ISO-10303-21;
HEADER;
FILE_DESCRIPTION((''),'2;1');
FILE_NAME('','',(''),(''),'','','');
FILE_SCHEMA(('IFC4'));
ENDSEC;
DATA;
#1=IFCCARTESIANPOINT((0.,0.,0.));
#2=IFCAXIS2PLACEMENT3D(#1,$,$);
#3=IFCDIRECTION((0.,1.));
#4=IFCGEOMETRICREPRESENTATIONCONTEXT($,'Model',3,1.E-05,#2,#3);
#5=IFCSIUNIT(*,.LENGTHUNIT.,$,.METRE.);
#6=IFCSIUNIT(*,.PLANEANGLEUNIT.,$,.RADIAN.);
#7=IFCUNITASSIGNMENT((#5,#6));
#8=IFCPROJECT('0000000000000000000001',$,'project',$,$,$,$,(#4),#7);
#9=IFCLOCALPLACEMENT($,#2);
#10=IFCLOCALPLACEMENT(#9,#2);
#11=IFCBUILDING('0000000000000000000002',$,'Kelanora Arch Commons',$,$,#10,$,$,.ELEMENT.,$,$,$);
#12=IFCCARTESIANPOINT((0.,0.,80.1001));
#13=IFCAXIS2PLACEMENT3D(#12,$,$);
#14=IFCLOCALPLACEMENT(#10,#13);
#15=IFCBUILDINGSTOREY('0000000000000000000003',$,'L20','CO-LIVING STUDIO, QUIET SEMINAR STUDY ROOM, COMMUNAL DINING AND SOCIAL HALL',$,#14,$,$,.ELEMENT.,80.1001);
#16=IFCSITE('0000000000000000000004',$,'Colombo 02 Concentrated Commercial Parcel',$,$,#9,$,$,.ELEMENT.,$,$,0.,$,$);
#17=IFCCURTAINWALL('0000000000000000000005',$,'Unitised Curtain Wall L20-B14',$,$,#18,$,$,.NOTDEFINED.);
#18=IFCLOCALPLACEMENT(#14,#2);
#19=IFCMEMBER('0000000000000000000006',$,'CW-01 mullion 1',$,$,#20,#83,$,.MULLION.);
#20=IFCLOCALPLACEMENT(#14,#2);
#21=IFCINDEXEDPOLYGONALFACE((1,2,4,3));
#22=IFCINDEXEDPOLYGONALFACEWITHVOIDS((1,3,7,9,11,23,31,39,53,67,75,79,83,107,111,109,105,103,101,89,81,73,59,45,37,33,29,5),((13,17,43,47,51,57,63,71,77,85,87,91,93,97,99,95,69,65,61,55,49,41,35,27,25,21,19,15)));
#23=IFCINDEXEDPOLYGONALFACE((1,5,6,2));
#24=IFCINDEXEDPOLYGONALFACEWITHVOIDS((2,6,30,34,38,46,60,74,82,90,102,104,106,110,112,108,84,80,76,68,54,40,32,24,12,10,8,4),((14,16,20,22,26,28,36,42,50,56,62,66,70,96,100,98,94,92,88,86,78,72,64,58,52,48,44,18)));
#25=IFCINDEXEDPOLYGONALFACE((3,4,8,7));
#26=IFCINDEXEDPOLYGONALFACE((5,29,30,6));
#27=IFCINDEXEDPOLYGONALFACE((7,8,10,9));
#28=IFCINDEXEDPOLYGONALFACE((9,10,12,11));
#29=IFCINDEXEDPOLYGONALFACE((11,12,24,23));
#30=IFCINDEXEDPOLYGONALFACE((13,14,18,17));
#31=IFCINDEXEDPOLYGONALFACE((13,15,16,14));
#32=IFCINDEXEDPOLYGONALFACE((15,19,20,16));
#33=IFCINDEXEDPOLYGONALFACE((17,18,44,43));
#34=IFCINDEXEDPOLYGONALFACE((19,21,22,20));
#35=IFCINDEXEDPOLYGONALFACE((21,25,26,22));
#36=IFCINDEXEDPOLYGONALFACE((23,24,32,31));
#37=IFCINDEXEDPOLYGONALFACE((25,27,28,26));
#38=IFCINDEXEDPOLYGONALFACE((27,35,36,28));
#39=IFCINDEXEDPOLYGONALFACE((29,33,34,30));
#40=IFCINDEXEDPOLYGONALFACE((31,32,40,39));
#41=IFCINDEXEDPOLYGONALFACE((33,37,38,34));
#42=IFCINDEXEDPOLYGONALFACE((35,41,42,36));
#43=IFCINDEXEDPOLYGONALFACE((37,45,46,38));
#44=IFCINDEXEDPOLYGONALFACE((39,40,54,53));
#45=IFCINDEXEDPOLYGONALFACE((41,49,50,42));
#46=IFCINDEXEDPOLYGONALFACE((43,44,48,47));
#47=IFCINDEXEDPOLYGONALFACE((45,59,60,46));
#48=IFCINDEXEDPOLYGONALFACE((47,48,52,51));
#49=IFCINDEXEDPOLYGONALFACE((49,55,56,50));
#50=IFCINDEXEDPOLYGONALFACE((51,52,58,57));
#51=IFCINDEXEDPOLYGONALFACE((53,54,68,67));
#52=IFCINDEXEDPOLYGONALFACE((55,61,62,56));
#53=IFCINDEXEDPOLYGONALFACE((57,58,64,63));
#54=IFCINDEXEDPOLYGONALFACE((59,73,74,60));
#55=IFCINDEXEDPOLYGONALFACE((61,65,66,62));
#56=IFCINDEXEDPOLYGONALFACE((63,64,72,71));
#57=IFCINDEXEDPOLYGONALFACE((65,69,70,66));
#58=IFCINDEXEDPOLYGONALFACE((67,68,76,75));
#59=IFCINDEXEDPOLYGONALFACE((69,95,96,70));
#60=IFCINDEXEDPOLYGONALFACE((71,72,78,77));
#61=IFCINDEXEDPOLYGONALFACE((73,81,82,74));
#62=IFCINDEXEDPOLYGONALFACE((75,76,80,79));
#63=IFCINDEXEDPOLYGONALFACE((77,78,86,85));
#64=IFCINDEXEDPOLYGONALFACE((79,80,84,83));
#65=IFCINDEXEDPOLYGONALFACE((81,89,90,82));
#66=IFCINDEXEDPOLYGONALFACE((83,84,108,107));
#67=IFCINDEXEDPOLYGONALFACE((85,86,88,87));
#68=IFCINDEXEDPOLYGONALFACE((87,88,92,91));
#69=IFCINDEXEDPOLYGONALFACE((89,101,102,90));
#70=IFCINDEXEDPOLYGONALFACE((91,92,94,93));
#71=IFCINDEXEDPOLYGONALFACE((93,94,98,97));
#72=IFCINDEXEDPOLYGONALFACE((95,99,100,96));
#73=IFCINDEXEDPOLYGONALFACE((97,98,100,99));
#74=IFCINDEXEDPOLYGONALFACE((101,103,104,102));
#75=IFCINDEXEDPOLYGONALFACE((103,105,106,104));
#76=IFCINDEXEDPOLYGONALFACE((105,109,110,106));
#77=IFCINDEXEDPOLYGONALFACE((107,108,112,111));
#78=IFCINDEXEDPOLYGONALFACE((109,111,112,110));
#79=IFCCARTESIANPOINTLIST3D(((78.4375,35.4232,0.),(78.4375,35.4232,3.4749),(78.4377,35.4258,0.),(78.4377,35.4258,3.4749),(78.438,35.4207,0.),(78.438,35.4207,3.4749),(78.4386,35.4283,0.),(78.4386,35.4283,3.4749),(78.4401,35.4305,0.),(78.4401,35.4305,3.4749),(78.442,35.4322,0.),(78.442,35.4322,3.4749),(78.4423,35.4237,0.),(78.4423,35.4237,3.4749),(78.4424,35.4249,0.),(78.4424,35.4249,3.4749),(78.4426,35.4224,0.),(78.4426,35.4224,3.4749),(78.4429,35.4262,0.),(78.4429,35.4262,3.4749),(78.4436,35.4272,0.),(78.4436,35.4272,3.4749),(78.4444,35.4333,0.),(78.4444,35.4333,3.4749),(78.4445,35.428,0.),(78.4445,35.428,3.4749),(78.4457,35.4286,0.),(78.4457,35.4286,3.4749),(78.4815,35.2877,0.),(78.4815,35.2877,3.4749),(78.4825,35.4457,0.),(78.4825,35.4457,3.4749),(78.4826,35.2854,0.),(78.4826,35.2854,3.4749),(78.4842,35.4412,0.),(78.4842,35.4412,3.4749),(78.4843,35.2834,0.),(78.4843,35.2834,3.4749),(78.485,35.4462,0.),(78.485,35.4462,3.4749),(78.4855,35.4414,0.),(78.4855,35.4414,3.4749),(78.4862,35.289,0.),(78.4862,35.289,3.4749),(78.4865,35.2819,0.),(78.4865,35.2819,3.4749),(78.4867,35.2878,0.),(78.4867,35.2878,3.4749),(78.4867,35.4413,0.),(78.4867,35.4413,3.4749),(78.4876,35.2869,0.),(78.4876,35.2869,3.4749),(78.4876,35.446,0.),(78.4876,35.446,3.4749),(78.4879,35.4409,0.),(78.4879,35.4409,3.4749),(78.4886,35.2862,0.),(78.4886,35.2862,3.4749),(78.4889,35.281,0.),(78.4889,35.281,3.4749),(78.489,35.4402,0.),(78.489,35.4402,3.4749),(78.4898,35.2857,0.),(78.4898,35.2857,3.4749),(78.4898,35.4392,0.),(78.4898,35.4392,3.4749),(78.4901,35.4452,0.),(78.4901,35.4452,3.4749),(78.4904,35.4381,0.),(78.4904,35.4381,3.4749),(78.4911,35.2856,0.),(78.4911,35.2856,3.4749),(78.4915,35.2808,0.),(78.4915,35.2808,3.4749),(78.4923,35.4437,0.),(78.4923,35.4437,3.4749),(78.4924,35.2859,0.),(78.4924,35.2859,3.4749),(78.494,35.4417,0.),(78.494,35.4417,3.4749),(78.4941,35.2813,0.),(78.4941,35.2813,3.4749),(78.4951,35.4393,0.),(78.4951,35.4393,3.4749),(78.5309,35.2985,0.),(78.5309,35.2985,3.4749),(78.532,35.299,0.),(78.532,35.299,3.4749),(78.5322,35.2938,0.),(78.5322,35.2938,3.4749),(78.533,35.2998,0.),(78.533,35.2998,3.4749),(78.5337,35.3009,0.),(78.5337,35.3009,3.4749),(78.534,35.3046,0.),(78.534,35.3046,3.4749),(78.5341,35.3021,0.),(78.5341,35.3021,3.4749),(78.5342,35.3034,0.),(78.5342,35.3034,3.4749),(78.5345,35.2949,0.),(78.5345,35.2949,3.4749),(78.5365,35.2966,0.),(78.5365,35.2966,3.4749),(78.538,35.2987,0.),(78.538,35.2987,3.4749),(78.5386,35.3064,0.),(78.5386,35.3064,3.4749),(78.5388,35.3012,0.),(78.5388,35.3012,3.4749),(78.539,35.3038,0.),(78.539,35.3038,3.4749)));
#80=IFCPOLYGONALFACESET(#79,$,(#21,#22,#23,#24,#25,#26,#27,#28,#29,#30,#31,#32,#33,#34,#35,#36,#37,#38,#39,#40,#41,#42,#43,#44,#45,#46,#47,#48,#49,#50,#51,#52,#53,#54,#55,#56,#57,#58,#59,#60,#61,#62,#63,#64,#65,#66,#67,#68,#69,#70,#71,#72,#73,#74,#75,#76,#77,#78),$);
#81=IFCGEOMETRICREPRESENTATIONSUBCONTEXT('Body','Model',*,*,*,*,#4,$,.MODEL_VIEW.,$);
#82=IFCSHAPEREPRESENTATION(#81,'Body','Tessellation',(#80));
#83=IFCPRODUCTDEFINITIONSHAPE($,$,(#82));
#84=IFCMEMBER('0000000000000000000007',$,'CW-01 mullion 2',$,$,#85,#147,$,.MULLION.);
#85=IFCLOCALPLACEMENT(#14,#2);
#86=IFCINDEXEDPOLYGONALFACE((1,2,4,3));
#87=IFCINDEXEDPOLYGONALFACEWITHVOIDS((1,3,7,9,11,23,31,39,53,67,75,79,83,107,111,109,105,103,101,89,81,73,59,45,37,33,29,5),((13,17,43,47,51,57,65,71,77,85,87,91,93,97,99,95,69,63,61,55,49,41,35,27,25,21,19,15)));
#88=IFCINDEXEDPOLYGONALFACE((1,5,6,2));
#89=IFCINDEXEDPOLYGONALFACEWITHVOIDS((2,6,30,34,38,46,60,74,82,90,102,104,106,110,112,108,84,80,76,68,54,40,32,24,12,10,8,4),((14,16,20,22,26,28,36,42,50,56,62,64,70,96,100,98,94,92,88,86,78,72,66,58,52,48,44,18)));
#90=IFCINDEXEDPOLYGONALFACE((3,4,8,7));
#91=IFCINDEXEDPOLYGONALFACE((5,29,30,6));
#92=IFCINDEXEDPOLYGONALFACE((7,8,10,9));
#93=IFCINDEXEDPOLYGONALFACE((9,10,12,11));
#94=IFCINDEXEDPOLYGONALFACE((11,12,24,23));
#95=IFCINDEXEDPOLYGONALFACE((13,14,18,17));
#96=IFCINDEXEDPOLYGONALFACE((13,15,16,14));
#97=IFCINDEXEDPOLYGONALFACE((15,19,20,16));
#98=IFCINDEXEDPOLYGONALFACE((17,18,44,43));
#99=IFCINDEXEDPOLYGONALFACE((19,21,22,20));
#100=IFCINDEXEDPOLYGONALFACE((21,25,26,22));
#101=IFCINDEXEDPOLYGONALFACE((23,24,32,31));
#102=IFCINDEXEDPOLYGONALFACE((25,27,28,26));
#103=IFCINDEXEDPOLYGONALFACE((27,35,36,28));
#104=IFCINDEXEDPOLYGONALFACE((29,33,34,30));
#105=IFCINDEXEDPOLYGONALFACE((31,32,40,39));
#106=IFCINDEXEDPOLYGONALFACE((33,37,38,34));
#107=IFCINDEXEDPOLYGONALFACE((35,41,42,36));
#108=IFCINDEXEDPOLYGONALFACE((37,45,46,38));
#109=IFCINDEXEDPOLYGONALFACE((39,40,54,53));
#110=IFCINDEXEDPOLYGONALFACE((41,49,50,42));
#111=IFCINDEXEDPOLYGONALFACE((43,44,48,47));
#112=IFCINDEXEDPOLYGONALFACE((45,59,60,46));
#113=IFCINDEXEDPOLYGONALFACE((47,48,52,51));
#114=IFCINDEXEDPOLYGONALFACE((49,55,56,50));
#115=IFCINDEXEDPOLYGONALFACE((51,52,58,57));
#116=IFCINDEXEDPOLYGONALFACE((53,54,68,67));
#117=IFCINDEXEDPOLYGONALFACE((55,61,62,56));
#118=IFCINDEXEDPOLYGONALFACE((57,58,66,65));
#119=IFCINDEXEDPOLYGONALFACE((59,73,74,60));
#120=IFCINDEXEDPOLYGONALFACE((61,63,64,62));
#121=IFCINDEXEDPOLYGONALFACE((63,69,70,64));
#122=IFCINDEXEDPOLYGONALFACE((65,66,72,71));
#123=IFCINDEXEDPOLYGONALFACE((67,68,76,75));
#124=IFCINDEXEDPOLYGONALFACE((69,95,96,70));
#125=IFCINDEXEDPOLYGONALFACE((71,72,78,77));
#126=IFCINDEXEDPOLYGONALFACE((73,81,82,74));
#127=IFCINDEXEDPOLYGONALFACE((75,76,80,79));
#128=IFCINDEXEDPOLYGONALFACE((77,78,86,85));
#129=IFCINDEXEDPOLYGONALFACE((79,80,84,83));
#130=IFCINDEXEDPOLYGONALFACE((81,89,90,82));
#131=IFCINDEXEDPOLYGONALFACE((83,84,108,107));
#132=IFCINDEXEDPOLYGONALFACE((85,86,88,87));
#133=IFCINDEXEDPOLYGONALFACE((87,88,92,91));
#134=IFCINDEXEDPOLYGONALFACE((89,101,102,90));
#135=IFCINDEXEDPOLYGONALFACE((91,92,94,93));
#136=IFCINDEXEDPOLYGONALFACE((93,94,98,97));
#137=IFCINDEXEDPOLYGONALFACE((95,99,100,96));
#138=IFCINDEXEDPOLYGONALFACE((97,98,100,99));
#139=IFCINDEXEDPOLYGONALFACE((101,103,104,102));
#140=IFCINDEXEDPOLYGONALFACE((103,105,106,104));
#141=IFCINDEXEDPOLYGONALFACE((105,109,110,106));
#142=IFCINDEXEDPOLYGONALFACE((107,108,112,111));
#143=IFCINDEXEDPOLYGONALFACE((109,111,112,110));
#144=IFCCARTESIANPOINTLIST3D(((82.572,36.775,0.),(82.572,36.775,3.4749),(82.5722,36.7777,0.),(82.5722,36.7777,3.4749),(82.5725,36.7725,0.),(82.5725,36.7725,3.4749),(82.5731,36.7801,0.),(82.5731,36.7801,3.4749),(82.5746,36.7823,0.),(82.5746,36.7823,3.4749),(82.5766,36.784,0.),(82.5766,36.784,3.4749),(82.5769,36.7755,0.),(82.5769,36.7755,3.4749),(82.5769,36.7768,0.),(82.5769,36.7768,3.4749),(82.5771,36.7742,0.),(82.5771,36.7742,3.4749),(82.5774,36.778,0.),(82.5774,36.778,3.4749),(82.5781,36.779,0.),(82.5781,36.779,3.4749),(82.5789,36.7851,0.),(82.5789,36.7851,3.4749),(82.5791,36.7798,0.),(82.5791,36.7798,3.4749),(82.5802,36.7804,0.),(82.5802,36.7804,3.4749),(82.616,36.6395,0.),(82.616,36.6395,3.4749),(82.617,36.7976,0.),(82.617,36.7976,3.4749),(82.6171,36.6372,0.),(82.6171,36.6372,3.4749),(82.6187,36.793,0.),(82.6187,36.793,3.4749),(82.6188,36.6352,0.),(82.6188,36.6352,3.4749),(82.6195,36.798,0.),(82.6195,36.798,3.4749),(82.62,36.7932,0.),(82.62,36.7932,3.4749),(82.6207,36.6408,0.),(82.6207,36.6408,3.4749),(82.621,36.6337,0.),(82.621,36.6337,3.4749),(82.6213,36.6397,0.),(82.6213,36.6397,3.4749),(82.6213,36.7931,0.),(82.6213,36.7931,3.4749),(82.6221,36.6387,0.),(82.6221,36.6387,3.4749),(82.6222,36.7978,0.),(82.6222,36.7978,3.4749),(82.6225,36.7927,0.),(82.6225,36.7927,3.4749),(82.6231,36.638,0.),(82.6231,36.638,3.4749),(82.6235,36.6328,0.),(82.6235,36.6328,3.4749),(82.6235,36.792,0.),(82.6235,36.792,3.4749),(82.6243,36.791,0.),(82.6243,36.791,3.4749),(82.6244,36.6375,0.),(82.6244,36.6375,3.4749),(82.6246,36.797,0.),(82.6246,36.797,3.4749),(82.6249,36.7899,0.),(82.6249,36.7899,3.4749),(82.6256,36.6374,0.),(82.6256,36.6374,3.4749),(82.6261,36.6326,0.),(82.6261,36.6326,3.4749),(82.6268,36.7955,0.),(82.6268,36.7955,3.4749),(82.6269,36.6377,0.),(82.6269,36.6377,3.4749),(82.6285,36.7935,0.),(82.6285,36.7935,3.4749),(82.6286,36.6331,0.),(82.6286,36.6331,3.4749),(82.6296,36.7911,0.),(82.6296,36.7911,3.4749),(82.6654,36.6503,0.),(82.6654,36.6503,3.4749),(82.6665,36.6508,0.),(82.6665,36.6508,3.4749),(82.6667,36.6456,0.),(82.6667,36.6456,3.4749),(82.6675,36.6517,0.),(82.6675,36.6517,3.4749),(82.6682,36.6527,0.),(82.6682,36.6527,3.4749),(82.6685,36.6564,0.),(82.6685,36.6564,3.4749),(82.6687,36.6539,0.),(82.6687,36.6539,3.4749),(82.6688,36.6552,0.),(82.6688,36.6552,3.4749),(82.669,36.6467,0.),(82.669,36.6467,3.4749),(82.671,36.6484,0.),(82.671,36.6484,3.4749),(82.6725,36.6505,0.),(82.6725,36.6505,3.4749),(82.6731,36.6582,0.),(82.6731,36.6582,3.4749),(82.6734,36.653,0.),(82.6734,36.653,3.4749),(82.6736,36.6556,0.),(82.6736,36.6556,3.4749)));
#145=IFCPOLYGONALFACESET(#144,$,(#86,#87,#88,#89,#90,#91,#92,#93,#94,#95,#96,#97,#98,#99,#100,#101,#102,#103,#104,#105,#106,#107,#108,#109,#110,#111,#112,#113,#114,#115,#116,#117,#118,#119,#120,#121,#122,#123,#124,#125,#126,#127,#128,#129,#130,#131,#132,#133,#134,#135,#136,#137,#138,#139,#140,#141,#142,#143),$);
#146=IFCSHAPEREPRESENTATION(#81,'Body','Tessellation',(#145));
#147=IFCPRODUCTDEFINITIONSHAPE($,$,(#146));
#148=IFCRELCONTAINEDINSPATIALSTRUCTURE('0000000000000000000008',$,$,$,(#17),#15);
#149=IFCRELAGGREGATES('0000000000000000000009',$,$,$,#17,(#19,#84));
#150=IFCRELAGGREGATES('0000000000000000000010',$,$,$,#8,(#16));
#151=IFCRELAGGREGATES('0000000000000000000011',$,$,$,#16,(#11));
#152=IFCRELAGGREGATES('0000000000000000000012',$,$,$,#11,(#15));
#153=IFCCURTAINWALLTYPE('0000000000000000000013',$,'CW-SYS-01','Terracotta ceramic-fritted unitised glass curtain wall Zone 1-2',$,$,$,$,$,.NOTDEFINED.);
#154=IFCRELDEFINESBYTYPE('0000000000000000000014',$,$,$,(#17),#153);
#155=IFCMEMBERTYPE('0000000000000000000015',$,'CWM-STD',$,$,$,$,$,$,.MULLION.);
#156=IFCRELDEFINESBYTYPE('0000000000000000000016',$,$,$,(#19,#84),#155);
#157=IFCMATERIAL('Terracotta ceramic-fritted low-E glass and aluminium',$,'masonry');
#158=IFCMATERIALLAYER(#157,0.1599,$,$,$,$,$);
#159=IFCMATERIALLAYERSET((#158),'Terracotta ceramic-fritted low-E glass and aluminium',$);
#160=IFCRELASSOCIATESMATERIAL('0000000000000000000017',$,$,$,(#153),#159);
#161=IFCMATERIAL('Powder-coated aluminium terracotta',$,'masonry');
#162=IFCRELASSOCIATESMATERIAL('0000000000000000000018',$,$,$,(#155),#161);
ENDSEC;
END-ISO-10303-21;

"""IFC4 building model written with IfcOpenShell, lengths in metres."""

from ifc_helpers import new_model, si_unit, direction, frame, origin, origin_2d, place, context, subcontext, project, spatial, hollow_rectangle, extrude, material, layer, layer_set, material_profile, profile_set, type_object, element, aggregate, save


model = new_model("IFC4")

# Units and contexts
model_context = context("Model", 3, precision=1e-05, world=origin(), true_north=direction((0.0, 1.0)))
body_context = subcontext(model_context, "Body", "Model", "MODEL_VIEW")
ifc_project = project(units=[si_unit("LENGTHUNIT", "METRE"), si_unit("PLANEANGLEUNIT", "RADIAN")], contexts=[model_context])

# Site, building, storey
site_placement = place(None, origin())
site = spatial("IfcSite", under=ifc_project, at=site_placement, Name="Colombo 02 Concentrated Commercial Parcel", CompositionType="ELEMENT", RefElevation=0.0)
building_placement = place(site_placement, origin())
building = spatial("IfcBuilding", under=site, at=building_placement, Name="Kelanora Arch Commons", CompositionType="ELEMENT")
storey_placement = place(building_placement, frame((0.0, 0.0, 80.1001)))
storey = spatial("IfcBuildingStorey", under=building, at=storey_placement, Name="L20", Description="CO-LIVING STUDIO, QUIET SEMINAR STUDY ROOM, COMMUNAL DINING AND SOCIAL HALL", CompositionType="ELEMENT", Elevation=80.1001)

# Curtain wall, members
ifc_material_1 = material(Name="Terracotta ceramic-fritted low-E glass and aluminium", Category="masonry")
ifc_layer_1 = layer(ifc_material_1, 0.1599)
ifc_layer_set_1 = layer_set([ifc_layer_1], Name="Terracotta ceramic-fritted low-E glass and aluminium")
curtain_wall_type = type_object("IfcCurtainWallType", Name="CW-SYS-01", Description="Terracotta ceramic-fritted unitised glass curtain wall Zone 1-2", PredefinedType="NOTDEFINED", material=ifc_layer_set_1)
curtain_wall_placement = place(storey_placement, origin())
curtain_wall = element("IfcCurtainWall", 1, at=curtain_wall_placement, inside=storey, type_object=curtain_wall_type, Name="Unitised Curtain Wall L20-B14", PredefinedType="NOTDEFINED")
ifc_material_2 = material(Name="Powder-coated aluminium terracotta", Category="masonry")
ifc_material_profile_1 = material_profile(ifc_material_2, hollow_rectangle(XDim=0.1599, YDim=0.0601, WallThickness=0.0049, InnerFilletRadius=0.0049, OuterFilletRadius=0.01, at=origin_2d()), Name="CWM160x60")
ifc_profile_set_1 = profile_set([ifc_material_profile_1], Name="Powder-coated aluminium terracotta")
member_type_1 = type_object("IfcMemberType", Name="CWM-STD", PredefinedType="MULLION", material=ifc_profile_set_1)
member_1_placement = place(storey_placement, frame((78.4883, 35.3635, 0.0), z_axis=(0.0, 0.0, 1.0), x_axis=(-0.310805, 0.950474, 0.0)))
member_1 = element("IfcMember", 2, at=member_1_placement, type_object=member_type_1, Name="CW-01 mullion 1", PredefinedType="MULLION", context=body_context, shape_type="SweptSolid", body=[
    extrude(hollow_rectangle(XDim=0.1599, YDim=0.0601, WallThickness=0.0049, InnerFilletRadius=0.0049, OuterFilletRadius=0.01, at=origin_2d()), origin(), (0.0, 0.0, 1.0), 3.4749),
])
member_2_placement = place(storey_placement, frame((82.6228, 36.7153, 0.0), z_axis=(0.0, 0.0, 1.0), x_axis=(-0.310805, 0.950474, 0.0)))
member_2 = element("IfcMember", 3, at=member_2_placement, type_object=member_type_1, Name="CW-01 mullion 2", PredefinedType="MULLION", context=body_context, shape_type="SweptSolid", body=[
    extrude(hollow_rectangle(XDim=0.1599, YDim=0.0601, WallThickness=0.0049, InnerFilletRadius=0.0049, OuterFilletRadius=0.01, at=origin_2d()), origin(), (0.0, 0.0, 1.0), 3.4749),
])
aggregate(curtain_wall, [member_1, member_2])

save(model, "model.ifc")
